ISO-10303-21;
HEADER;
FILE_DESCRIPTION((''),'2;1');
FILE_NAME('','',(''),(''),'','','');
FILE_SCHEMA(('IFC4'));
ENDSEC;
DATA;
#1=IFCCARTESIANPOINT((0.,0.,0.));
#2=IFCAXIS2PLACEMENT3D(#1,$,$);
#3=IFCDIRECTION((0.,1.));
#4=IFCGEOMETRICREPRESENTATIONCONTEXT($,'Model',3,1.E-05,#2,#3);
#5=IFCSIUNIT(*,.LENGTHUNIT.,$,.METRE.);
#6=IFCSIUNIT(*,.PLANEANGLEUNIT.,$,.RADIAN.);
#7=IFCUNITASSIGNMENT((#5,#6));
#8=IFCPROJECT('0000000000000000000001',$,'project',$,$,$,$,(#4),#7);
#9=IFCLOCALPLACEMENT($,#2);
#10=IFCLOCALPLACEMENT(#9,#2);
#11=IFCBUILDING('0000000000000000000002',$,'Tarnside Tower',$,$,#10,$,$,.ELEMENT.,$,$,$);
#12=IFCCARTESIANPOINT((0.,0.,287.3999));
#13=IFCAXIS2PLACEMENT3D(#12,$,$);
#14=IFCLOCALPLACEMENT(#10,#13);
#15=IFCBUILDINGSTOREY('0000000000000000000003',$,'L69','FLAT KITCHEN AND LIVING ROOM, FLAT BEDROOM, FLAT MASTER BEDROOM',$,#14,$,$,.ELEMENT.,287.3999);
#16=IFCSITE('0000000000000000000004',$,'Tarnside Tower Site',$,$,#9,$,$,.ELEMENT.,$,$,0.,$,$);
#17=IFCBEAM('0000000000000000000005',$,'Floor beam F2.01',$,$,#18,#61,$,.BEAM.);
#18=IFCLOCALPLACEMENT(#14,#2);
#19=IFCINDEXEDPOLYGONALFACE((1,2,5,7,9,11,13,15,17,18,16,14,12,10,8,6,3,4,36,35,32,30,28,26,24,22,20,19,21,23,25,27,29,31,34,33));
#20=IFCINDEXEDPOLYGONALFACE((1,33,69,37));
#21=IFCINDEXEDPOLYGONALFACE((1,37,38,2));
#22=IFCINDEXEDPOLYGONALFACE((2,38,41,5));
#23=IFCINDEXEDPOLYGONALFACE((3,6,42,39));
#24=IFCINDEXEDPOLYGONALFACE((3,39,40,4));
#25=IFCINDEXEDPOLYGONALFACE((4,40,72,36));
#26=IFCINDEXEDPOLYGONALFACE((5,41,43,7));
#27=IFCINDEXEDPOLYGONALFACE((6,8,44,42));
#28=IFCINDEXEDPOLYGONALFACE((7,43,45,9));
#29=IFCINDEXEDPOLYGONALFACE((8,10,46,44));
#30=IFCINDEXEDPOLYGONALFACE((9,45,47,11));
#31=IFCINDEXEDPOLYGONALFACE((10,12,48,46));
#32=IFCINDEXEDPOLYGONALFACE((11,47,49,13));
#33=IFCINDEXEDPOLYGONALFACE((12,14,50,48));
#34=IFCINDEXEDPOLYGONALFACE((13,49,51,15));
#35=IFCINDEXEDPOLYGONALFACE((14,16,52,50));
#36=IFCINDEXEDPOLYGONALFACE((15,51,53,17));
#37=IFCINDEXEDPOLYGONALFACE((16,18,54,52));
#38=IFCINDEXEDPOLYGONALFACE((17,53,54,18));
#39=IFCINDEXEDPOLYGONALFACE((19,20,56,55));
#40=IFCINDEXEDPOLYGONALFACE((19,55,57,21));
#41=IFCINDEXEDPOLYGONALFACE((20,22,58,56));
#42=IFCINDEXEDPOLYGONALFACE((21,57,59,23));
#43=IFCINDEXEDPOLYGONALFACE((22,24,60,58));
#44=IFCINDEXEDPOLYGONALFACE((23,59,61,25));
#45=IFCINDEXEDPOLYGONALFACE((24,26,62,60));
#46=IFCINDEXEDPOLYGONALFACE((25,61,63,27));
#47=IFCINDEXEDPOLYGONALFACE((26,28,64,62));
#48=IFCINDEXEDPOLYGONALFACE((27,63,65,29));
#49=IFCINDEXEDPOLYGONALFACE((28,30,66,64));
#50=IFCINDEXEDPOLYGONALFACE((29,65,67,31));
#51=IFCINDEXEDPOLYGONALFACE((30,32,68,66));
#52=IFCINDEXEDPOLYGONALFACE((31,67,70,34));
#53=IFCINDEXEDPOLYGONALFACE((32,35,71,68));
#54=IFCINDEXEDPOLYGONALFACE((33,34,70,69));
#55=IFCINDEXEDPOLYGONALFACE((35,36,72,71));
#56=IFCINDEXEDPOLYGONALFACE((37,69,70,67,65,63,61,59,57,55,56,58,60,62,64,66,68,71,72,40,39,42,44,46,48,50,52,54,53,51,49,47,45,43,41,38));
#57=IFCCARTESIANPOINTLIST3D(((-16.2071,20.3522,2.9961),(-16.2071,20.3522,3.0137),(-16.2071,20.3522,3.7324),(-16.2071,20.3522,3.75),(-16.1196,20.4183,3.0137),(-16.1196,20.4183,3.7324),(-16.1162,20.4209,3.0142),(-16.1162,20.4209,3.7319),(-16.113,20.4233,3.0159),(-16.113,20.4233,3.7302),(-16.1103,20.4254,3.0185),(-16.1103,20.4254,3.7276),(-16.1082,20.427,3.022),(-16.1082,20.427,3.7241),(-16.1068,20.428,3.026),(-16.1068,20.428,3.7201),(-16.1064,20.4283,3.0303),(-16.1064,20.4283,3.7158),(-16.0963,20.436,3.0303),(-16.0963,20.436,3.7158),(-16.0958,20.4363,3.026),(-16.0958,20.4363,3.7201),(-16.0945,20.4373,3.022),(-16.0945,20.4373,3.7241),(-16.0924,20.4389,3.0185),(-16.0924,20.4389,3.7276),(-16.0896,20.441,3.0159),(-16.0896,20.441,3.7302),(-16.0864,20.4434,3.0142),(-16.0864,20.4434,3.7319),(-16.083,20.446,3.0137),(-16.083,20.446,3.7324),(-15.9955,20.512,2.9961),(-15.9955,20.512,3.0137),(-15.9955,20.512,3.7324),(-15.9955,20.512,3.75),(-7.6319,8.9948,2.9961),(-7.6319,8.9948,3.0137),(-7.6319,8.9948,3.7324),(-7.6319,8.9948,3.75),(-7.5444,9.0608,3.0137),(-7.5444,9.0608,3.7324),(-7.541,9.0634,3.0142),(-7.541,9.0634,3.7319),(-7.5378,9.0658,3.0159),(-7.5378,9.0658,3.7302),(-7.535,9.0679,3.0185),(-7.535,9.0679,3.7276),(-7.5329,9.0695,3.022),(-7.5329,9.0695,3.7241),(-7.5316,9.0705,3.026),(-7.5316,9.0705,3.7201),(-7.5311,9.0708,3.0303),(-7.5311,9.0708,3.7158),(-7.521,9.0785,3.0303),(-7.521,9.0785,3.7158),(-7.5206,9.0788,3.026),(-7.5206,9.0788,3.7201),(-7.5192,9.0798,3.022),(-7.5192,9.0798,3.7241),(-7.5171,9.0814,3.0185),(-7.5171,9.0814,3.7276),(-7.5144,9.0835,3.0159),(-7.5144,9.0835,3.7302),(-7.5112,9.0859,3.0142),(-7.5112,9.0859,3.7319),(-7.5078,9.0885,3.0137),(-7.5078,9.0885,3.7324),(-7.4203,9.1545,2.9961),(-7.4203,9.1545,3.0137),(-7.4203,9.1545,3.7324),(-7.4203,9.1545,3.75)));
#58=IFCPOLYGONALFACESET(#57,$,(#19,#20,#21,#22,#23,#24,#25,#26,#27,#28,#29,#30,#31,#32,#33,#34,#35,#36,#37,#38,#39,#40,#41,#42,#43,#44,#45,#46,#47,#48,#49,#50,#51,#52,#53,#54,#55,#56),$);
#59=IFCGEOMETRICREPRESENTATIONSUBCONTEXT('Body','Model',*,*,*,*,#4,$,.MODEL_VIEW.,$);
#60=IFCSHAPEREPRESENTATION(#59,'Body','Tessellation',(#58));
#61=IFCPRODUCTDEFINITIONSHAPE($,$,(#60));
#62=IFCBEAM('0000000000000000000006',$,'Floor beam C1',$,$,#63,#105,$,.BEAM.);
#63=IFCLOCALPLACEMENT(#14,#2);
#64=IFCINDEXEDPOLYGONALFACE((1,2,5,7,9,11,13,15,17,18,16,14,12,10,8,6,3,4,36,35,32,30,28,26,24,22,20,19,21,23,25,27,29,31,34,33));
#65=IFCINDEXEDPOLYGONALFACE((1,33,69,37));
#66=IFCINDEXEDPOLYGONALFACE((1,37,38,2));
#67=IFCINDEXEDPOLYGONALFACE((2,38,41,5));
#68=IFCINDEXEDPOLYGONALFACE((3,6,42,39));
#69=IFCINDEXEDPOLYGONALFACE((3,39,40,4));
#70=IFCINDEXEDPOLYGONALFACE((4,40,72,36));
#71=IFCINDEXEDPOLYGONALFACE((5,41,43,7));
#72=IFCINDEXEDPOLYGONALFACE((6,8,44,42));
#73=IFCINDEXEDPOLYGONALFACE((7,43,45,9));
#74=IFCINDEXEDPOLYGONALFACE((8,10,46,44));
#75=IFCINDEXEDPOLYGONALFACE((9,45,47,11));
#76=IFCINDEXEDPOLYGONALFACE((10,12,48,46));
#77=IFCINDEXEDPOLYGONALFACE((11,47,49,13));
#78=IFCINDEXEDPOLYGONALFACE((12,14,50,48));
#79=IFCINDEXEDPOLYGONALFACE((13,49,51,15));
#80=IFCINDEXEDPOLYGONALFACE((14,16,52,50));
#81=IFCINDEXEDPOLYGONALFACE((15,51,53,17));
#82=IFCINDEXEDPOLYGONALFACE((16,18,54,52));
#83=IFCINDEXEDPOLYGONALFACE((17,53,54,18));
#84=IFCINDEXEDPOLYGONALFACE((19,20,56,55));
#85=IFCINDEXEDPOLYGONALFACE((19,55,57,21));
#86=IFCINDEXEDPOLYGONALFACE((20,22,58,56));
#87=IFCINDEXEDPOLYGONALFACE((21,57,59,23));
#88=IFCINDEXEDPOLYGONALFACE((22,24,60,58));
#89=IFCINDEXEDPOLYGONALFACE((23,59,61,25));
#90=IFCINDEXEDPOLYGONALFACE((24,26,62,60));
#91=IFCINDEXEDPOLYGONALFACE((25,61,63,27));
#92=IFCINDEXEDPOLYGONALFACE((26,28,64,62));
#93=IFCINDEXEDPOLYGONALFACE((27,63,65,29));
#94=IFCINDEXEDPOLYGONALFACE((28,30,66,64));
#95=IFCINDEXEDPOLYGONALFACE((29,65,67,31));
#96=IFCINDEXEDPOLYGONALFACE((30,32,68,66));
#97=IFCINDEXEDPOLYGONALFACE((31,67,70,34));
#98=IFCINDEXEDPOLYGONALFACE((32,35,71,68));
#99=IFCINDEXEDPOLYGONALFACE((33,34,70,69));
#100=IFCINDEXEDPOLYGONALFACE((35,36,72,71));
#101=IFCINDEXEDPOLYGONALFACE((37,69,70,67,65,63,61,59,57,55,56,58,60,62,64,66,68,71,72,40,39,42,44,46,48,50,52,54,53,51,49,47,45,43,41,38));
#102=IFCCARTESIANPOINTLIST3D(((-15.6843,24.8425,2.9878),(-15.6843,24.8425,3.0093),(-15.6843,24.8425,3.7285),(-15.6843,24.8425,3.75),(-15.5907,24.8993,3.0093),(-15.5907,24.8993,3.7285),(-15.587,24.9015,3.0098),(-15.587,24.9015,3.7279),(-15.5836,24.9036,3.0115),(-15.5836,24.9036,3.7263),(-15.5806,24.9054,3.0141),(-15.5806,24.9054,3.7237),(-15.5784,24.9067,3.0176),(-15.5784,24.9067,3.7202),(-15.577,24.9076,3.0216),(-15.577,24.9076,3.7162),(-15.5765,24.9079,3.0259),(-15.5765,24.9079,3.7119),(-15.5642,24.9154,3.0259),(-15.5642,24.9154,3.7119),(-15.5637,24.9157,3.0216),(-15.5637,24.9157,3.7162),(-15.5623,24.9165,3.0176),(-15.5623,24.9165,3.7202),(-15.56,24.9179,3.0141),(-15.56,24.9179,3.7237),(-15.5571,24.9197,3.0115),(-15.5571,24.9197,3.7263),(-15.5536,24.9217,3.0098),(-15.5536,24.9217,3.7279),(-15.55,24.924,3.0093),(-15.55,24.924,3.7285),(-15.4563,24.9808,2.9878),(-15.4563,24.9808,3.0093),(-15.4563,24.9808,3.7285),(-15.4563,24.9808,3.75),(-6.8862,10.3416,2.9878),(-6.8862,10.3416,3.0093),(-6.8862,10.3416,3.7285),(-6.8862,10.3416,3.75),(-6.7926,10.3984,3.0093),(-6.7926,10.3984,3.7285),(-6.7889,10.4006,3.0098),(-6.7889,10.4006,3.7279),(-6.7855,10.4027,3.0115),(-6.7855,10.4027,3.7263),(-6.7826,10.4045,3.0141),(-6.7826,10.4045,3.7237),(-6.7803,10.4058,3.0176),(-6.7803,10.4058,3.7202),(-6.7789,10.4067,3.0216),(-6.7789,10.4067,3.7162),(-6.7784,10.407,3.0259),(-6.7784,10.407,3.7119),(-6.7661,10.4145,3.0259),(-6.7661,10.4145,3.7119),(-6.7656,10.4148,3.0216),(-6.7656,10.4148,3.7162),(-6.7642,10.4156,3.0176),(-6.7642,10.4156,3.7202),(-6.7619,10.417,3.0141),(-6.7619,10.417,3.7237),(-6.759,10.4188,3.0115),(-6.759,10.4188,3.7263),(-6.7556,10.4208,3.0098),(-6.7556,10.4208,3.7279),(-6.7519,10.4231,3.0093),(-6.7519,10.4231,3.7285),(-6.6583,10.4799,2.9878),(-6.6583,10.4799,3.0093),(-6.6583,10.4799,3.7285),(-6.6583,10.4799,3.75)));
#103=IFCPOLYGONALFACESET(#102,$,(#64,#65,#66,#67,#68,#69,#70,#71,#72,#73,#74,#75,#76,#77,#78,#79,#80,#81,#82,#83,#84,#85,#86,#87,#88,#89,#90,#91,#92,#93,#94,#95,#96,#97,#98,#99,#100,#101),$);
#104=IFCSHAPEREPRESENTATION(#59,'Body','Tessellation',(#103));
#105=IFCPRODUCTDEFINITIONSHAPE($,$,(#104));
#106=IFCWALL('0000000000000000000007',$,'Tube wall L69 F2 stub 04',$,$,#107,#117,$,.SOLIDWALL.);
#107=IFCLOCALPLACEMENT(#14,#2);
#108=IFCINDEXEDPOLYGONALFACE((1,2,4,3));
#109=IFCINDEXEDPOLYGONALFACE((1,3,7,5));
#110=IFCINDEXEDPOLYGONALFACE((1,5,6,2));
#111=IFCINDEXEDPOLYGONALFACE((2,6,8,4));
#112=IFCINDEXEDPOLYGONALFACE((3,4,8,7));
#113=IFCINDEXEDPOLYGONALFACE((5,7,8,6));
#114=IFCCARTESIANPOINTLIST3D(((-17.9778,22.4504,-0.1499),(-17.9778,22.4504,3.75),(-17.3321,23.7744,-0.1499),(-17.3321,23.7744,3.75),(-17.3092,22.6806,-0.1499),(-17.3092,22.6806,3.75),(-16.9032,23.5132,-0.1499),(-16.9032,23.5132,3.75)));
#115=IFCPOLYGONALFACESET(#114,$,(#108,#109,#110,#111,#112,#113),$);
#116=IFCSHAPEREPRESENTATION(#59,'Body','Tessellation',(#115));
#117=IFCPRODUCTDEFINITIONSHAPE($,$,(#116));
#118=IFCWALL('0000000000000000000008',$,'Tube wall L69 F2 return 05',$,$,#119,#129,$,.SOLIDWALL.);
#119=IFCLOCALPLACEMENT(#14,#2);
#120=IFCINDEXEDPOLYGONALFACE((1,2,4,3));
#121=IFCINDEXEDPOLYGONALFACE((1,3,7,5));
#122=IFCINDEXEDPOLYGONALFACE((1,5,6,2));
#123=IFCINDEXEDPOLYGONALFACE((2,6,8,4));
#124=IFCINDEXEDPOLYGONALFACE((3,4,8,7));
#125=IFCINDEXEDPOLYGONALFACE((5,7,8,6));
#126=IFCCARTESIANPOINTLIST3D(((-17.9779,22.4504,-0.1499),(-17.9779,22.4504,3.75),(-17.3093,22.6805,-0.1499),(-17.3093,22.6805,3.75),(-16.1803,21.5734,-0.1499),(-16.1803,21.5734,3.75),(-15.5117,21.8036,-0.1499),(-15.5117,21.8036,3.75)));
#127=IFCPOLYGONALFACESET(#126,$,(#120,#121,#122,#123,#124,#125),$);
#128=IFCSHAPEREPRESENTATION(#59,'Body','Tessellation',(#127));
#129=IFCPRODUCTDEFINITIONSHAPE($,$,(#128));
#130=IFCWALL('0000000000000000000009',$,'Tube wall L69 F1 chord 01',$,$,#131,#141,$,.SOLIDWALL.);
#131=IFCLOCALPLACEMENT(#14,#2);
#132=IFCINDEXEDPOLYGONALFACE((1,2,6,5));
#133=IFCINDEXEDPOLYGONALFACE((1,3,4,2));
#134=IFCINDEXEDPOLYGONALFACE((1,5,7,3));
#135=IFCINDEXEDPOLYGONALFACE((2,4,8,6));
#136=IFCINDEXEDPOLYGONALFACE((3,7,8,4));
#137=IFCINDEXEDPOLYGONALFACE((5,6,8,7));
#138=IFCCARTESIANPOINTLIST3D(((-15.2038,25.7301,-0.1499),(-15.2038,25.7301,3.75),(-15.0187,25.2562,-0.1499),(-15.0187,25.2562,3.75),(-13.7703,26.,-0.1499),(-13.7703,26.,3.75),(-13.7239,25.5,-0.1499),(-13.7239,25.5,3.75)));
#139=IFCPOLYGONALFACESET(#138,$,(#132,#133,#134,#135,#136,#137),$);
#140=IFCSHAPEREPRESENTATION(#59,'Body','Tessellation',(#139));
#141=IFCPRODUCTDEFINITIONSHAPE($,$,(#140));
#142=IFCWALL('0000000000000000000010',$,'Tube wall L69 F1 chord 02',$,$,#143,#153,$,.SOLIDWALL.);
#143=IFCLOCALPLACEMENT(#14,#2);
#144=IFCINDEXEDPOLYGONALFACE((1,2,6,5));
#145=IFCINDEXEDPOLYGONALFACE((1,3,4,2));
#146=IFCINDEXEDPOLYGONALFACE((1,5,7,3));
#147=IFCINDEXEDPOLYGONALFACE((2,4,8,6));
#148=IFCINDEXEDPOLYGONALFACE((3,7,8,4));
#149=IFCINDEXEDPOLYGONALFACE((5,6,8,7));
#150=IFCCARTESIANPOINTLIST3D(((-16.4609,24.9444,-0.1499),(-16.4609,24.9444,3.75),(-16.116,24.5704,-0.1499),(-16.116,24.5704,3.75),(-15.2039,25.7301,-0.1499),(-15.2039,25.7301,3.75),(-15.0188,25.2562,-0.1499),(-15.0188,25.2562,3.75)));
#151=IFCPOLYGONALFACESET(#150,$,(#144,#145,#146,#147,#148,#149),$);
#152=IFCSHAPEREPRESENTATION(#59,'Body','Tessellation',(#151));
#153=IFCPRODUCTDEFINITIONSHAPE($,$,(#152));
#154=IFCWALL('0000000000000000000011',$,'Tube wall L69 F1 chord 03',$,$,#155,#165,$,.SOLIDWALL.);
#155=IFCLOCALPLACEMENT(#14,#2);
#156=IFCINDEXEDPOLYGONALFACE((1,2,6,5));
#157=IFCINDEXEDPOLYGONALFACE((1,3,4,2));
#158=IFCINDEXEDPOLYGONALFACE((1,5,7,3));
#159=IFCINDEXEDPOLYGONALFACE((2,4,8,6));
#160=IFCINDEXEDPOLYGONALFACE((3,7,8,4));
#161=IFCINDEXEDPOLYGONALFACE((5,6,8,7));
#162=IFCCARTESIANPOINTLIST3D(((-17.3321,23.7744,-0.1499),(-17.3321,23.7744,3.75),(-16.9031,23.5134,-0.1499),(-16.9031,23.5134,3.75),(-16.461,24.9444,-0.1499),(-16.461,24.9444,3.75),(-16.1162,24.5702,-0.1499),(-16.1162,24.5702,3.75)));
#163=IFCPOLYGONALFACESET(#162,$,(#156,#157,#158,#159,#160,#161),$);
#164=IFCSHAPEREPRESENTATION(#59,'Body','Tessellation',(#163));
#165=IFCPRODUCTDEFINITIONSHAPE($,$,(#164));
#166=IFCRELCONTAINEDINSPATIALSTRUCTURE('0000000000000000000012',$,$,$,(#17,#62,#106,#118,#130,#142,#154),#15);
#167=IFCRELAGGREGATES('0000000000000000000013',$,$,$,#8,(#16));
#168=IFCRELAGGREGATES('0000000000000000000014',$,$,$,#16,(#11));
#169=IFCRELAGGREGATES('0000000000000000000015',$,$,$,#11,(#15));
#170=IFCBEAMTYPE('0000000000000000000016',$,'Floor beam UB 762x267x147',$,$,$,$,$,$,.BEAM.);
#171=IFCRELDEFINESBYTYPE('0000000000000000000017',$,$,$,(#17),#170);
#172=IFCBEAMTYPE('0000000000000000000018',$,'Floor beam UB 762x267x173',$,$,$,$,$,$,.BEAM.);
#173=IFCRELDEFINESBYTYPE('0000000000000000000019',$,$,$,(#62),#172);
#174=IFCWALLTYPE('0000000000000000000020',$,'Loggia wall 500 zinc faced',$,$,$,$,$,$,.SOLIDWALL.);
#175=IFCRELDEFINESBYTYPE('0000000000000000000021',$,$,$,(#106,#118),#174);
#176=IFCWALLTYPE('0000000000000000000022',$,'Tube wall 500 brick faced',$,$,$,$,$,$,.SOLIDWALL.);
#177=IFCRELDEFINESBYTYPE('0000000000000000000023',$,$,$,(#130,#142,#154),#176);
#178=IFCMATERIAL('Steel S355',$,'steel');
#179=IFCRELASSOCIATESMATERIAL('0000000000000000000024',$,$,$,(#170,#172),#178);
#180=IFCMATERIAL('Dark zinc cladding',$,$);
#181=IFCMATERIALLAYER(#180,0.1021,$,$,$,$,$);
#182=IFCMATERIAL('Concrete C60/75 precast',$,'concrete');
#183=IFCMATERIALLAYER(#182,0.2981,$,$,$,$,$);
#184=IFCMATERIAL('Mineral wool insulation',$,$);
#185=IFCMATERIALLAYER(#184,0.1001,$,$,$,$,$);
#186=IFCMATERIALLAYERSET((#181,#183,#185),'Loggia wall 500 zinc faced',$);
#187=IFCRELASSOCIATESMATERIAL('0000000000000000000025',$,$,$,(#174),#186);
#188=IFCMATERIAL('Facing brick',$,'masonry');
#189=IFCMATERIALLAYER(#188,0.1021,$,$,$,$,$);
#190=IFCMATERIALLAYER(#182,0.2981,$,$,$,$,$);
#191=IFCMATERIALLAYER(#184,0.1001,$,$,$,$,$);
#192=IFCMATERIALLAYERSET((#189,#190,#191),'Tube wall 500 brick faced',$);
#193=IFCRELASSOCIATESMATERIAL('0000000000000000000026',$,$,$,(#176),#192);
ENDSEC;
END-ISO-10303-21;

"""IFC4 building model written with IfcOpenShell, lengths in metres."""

from ifc_helpers import new_model, si_unit, direction, frame, origin, origin_2d, place, context, subcontext, project, spatial, polyline, i_section, outline, extrude, material, layer, layer_set, material_profile, profile_set, type_object, element, save


model = new_model("IFC4")

# Units and contexts
model_context = context("Model", 3, precision=1e-05, world=origin(), true_north=direction((0.0, 1.0)))
body_context = subcontext(model_context, "Body", "Model", "MODEL_VIEW")
ifc_project = project(units=[si_unit("LENGTHUNIT", "METRE"), si_unit("PLANEANGLEUNIT", "RADIAN")], contexts=[model_context])

# Site, building, storey
site_placement = place(None, origin())
site = spatial("IfcSite", under=ifc_project, at=site_placement, Name="Tarnside Tower Site", CompositionType="ELEMENT", RefElevation=0.0)
building_placement = place(site_placement, origin())
building = spatial("IfcBuilding", under=site, at=building_placement, Name="Tarnside Tower", CompositionType="ELEMENT")
storey_placement = place(building_placement, frame((0.0, 0.0, 287.3999)))
storey = spatial("IfcBuildingStorey", under=building, at=storey_placement, Name="L69", Description="FLAT KITCHEN AND LIVING ROOM, FLAT BEDROOM, FLAT MASTER BEDROOM", CompositionType="ELEMENT", Elevation=287.3999)

# Beams
ifc_material_1 = material(Name="Steel S355", Category="steel")
ifc_material_profile_1 = material_profile(ifc_material_1, i_section(OverallWidth=0.2651, OverallDepth=0.7539, WebThickness=0.0127, FlangeThickness=0.0176, FilletRadius=0.0166, at=origin_2d()), Name="UB 762x267x147")
ifc_profile_set_1 = profile_set([ifc_material_profile_1], Name="Steel S355")
beam_type_1 = type_object("IfcBeamType", Name="Floor beam UB 762x267x147", PredefinedType="BEAM", material=ifc_profile_set_1)
beam_1_placement = place(storey_placement, frame((-16.1013, 20.4321, 3.373), z_axis=(0.602566, -0.798069, 0.0), x_axis=(0.798069, 0.602566, 0.0)))
element("IfcBeam", 1, at=beam_1_placement, inside=storey, type_object=beam_type_1, Name="Floor beam F2.01", PredefinedType="BEAM", context=body_context, shape_type="SweptSolid", body=[
    extrude(i_section(OverallWidth=0.2651, OverallDepth=0.7539, WebThickness=0.0127, FlangeThickness=0.0176, FilletRadius=0.0166, at=origin_2d()), origin(), (0.0, 0.0, 1.0), 14.2312),
])
ifc_material_profile_2 = material_profile(ifc_material_1, i_section(OverallWidth=0.2666, OverallDepth=0.7622, WebThickness=0.0144, FlangeThickness=0.0215, FilletRadius=0.0166, at=origin_2d()), Name="UB 762x267x173")
ifc_profile_set_2 = profile_set([ifc_material_profile_2], Name="Steel S355")
beam_type_2 = type_object("IfcBeamType", Name="Floor beam UB 762x267x173", PredefinedType="BEAM", material=ifc_profile_set_2)
beam_2_placement = place(storey_placement, frame((-15.5703, 24.9116, 3.3689), z_axis=(0.518717, -0.854946, 0.0), x_axis=(0.854946, 0.518717, 0.0)))
element("IfcBeam", 2, at=beam_2_placement, inside=storey, type_object=beam_type_2, Name="Floor beam C1", PredefinedType="BEAM", context=body_context, shape_type="SweptSolid", body=[
    extrude(i_section(OverallWidth=0.2666, OverallDepth=0.7622, WebThickness=0.0144, FlangeThickness=0.0215, FilletRadius=0.0166, at=origin_2d()), origin(), (0.0, 0.0, 1.0), 16.9612),
])

# Walls
ifc_material_2 = material(Name="Dark zinc cladding")
ifc_layer_1 = layer(ifc_material_2, 0.1021)
ifc_material_3 = material(Name="Concrete C60/75 precast", Category="concrete")
ifc_layer_2 = layer(ifc_material_3, 0.2981)
ifc_material_4 = material(Name="Mineral wool insulation")
ifc_layer_3 = layer(ifc_material_4, 0.1001)
ifc_layer_set_1 = layer_set([ifc_layer_1, ifc_layer_2, ifc_layer_3], Name="Loggia wall 500 zinc faced")
wall_type_1 = type_object("IfcWallType", Name="Loggia wall 500 zinc faced", PredefinedType="SOLIDWALL", material=ifc_layer_set_1)
wall_1_placement = place(storey_placement, frame((-17.1177, 23.6438, -0.1499), z_axis=(0.0, 0.0, 1.0), x_axis=(-0.438319, -0.898819, 0.0)))
element("IfcWall", 3, at=wall_1_placement, inside=storey, type_object=wall_type_1, Name="Tube wall L69 F2 stub 04", PredefinedType="SOLIDWALL", context=body_context, shape_type="SweptSolid", body=[
    extrude(outline(polyline([(-0.0234, -0.25), (1.4497, -0.25), (0.9497, 0.25), (0.0234, 0.25), (-0.0234, -0.25)])), origin(), (0.0, 0.0, 1.0), 3.8999),
])
wall_2_placement = place(storey_placement, frame((-17.6436, 22.5654, -0.1499), z_axis=(0.0, 0.0, 1.0), x_axis=(0.898754, -0.438452, 0.0)))
element("IfcWall", 4, at=wall_2_placement, inside=storey, type_object=wall_type_1, Name="Tube wall L69 F2 return 05", PredefinedType="SOLIDWALL", context=body_context, shape_type="SweptSolid", body=[
    extrude(outline(polyline([(-0.25, -0.25), (1.75, -0.25), (2.25, 0.25), (0.25, 0.25), (-0.25, -0.25)])), origin(), (0.0, 0.0, 1.0), 3.8999),
])

# Walls
ifc_material_5 = material(Name="Facing brick", Category="masonry")
ifc_layer_4 = layer(ifc_material_5, 0.1021)
ifc_layer_5 = layer(ifc_material_3, 0.2981)
ifc_layer_6 = layer(ifc_material_4, 0.1001)
ifc_layer_set_2 = layer_set([ifc_layer_4, ifc_layer_5, ifc_layer_6], Name="Tube wall 500 brick faced")
wall_type_2 = type_object("IfcWallType", Name="Tube wall 500 brick faced", PredefinedType="SOLIDWALL", material=ifc_layer_set_2)
wall_3_placement = place(storey_placement, frame((-13.7471, 25.75, -0.1499), z_axis=(0.0, 0.0, 1.0), x_axis=(-0.982737, -0.185011, 0.0)))
element("IfcWall", 5, at=wall_3_placement, inside=storey, type_object=wall_type_2, Name="Tube wall L69 F1 chord 01", PredefinedType="SOLIDWALL", context=body_context, shape_type="SweptSolid", body=[
    extrude(outline(polyline([(-0.0234, -0.25), (1.4353, -0.25), (1.3411, 0.25), (0.0234, 0.25), (-0.0234, -0.25)])), origin(), (0.0, 0.0, 1.0), 3.8999),
])
wall_4_placement = place(storey_placement, frame((-15.1113, 25.4932, -0.1499), z_axis=(0.0, 0.0, 1.0), x_axis=(-0.847979, -0.530031, 0.0)))
element("IfcWall", 6, at=wall_4_placement, inside=storey, type_object=wall_type_2, Name="Tube wall L69 F1 chord 02", PredefinedType="SOLIDWALL", context=body_context, shape_type="SweptSolid", body=[
    extrude(outline(polyline([(-0.0471, -0.25), (1.4353, -0.25), (1.3411, 0.25), (0.0471, 0.25), (-0.0471, -0.25)])), origin(), (0.0, 0.0, 1.0), 3.8999),
])
wall_5_placement = place(storey_placement, frame((-16.2886, 24.7573, -0.1499), z_axis=(0.0, 0.0, 1.0), x_axis=(-0.597211, -0.802084, 0.0)))
element("IfcWall", 7, at=wall_5_placement, inside=storey, type_object=wall_type_2, Name="Tube wall L69 F1 chord 03", PredefinedType="SOLIDWALL", context=body_context, shape_type="SweptSolid", body=[
    extrude(outline(polyline([(-0.0471, -0.25), (1.4116, -0.25), (1.3647, 0.25), (0.0471, 0.25), (-0.0471, -0.25)])), origin(), (0.0, 0.0, 1.0), 3.8999),
])

save(model, "model.ifc")
